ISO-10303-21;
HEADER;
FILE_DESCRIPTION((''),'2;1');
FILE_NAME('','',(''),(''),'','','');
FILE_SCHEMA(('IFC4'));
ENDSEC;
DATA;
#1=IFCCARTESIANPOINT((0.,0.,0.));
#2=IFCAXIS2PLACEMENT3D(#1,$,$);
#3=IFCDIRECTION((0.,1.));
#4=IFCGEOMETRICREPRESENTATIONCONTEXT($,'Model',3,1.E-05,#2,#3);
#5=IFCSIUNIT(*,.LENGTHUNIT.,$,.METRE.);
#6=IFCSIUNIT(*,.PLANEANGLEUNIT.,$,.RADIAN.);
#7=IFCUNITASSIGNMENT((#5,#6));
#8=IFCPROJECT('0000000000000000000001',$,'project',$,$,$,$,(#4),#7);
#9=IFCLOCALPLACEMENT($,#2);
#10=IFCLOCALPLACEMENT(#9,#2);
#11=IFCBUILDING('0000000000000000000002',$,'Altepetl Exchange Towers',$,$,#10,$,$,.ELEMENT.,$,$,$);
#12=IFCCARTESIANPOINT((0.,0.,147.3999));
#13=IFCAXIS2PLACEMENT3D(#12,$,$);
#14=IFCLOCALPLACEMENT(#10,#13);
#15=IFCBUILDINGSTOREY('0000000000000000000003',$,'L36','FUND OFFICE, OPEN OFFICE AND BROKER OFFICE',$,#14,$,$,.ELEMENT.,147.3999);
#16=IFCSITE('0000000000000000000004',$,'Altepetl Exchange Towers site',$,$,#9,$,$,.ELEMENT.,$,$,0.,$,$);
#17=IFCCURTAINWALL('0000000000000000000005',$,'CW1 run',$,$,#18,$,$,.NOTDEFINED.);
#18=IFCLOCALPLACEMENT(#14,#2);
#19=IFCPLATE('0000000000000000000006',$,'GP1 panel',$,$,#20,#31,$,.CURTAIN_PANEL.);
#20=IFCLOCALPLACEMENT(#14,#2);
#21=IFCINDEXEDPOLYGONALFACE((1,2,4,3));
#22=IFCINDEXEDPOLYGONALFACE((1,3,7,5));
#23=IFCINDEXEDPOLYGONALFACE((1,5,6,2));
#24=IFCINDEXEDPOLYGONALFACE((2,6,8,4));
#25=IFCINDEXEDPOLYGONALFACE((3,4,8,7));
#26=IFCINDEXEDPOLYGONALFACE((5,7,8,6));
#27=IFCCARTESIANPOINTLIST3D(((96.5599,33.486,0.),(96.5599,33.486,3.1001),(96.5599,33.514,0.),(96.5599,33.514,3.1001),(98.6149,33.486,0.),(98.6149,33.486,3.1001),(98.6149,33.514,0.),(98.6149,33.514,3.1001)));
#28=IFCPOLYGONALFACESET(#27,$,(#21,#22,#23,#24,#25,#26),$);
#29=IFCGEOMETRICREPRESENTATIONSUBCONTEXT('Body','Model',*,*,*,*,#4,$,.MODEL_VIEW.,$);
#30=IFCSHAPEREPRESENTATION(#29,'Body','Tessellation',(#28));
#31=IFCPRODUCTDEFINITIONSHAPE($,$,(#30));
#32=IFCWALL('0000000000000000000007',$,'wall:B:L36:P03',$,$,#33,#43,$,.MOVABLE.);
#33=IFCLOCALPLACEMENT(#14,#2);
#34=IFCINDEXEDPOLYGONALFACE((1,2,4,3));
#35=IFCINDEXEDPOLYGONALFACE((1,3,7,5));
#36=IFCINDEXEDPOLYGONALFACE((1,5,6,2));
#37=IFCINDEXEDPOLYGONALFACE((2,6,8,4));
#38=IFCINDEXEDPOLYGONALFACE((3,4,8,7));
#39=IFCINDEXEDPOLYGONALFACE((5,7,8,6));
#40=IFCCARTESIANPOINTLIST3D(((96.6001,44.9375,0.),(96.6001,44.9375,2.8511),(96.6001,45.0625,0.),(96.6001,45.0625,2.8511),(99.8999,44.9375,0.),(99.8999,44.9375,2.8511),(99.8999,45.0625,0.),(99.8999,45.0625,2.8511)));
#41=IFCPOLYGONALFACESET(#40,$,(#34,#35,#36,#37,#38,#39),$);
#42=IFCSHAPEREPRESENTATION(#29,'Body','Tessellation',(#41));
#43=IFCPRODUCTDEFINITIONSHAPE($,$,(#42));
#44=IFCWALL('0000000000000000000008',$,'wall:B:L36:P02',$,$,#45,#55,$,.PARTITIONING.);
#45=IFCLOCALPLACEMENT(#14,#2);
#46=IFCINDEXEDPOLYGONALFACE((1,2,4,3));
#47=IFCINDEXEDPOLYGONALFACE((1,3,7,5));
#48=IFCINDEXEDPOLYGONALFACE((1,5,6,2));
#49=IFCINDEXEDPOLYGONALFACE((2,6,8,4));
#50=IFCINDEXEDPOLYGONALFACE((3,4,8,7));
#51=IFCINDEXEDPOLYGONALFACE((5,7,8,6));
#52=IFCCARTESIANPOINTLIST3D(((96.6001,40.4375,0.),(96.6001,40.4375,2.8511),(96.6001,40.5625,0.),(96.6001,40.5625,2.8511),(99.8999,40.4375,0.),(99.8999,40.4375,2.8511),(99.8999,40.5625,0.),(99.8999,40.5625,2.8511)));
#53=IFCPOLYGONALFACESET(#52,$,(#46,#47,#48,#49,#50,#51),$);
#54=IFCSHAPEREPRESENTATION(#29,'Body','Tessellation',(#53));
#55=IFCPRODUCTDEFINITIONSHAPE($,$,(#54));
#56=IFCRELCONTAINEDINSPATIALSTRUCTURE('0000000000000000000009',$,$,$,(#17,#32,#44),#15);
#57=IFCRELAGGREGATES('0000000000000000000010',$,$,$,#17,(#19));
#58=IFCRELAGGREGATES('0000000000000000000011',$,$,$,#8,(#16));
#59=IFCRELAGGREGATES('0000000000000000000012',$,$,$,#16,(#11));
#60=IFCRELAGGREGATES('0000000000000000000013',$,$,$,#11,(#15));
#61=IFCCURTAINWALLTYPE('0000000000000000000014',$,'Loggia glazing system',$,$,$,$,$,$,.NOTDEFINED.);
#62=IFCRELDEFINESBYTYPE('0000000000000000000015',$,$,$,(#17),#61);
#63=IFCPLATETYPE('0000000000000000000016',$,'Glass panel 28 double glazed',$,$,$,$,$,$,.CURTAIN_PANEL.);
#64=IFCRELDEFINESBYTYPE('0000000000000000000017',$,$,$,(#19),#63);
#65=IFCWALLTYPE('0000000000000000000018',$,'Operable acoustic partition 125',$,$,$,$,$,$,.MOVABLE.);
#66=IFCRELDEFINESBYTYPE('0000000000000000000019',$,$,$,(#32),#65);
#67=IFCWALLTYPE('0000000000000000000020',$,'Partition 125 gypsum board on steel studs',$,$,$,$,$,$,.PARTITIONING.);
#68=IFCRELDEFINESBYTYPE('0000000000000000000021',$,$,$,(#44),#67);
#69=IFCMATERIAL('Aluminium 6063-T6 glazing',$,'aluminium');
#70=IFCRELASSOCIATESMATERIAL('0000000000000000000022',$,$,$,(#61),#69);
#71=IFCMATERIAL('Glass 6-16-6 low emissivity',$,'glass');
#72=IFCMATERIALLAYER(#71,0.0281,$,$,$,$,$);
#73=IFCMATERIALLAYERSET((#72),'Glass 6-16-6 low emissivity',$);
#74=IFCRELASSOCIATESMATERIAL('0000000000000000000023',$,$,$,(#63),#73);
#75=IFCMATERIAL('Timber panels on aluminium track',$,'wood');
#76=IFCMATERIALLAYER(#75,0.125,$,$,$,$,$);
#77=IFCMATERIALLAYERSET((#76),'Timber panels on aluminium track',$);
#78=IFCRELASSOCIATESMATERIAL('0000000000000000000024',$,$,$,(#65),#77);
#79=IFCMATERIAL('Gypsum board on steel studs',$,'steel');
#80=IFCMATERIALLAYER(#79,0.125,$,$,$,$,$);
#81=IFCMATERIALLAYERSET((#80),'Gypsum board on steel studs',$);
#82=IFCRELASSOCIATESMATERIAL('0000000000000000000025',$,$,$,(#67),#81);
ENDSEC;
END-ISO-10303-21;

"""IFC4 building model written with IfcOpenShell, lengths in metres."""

from ifc_helpers import new_model, si_unit, direction, frame, frame_2d, origin, origin_2d, place, context, subcontext, project, spatial, rectangle, extrude, material, layer, layer_set, type_object, element, aggregate, save


model = new_model("IFC4")

# Units and contexts
model_context = context("Model", 3, precision=1e-05, world=origin(), true_north=direction((0.0, 1.0)))
body_context = subcontext(model_context, "Body", "Model", "MODEL_VIEW")
ifc_project = project(units=[si_unit("LENGTHUNIT", "METRE"), si_unit("PLANEANGLEUNIT", "RADIAN")], contexts=[model_context])

# Site, building, storey
site_placement = place(None, origin())
site = spatial("IfcSite", under=ifc_project, at=site_placement, Name="Altepetl Exchange Towers site", CompositionType="ELEMENT", RefElevation=0.0)
building_placement = place(site_placement, origin())
building = spatial("IfcBuilding", under=site, at=building_placement, Name="Altepetl Exchange Towers", CompositionType="ELEMENT")
storey_placement = place(building_placement, frame((0.0, 0.0, 147.3999)))
storey = spatial("IfcBuildingStorey", under=building, at=storey_placement, Name="L36", Description="FUND OFFICE, OPEN OFFICE AND BROKER OFFICE", CompositionType="ELEMENT", Elevation=147.3999)

# Curtain wall
ifc_material_1 = material(Name="Aluminium 6063-T6 glazing", Category="aluminium")
curtain_wall_type = type_object("IfcCurtainWallType", Name="Loggia glazing system", PredefinedType="NOTDEFINED", material=ifc_material_1)
curtain_wall_1_placement = place(storey_placement, origin())
curtain_wall_1 = element("IfcCurtainWall", 1, at=curtain_wall_1_placement, inside=storey, type_object=curtain_wall_type, Name="CW1 run", PredefinedType="NOTDEFINED")

# Plate
ifc_material_2 = material(Name="Glass 6-16-6 low emissivity", Category="glass")
ifc_layer_1 = layer(ifc_material_2, 0.0281)
ifc_layer_set_1 = layer_set([ifc_layer_1], Name="Glass 6-16-6 low emissivity")
plate_type = type_object("IfcPlateType", Name="Glass panel 28 double glazed", PredefinedType="CURTAIN_PANEL", material=ifc_layer_set_1)
plate_1_placement = place(storey_placement, frame((97.5874, 33.5, 0.0)))
plate_1 = element("IfcPlate", 2, at=plate_1_placement, type_object=plate_type, Name="GP1 panel", PredefinedType="CURTAIN_PANEL", context=body_context, shape_type="SweptSolid", body=[
    extrude(rectangle(XDim=2.0549, YDim=0.0281, at=origin_2d()), origin(), (0.0, 0.0, 1.0), 3.1001),
])
aggregate(curtain_wall_1, [plate_1])

# Walls
ifc_material_3 = material(Name="Timber panels on aluminium track", Category="wood")
ifc_layer_2 = layer(ifc_material_3, 0.125)
ifc_layer_set_2 = layer_set([ifc_layer_2], Name="Timber panels on aluminium track")
wall_type_1 = type_object("IfcWallType", Name="Operable acoustic partition 125", PredefinedType="MOVABLE", material=ifc_layer_set_2)
wall_1_placement = place(storey_placement, frame((96.6001, 45.0, 0.0)))
element("IfcWall", 3, at=wall_1_placement, inside=storey, type_object=wall_type_1, Name="wall:B:L36:P03", PredefinedType="MOVABLE", context=body_context, shape_type="SweptSolid", body=[
    extrude(rectangle(XDim=3.2998, YDim=0.125, at=frame_2d((1.6499, 0.0))), origin(), (0.0, 0.0, 1.0), 2.8511),
])
ifc_material_4 = material(Name="Gypsum board on steel studs", Category="steel")
ifc_layer_3 = layer(ifc_material_4, 0.125)
ifc_layer_set_3 = layer_set([ifc_layer_3], Name="Gypsum board on steel studs")
wall_type_2 = type_object("IfcWallType", Name="Partition 125 gypsum board on steel studs", PredefinedType="PARTITIONING", material=ifc_layer_set_3)
wall_2_placement = place(storey_placement, frame((96.6001, 40.5, 0.0)))
element("IfcWall", 4, at=wall_2_placement, inside=storey, type_object=wall_type_2, Name="wall:B:L36:P02", PredefinedType="PARTITIONING", context=body_context, shape_type="SweptSolid", body=[
    extrude(rectangle(XDim=3.2998, YDim=0.125, at=frame_2d((1.6499, 0.0))), origin(), (0.0, 0.0, 1.0), 2.8511),
])

save(model, "model.ifc")
